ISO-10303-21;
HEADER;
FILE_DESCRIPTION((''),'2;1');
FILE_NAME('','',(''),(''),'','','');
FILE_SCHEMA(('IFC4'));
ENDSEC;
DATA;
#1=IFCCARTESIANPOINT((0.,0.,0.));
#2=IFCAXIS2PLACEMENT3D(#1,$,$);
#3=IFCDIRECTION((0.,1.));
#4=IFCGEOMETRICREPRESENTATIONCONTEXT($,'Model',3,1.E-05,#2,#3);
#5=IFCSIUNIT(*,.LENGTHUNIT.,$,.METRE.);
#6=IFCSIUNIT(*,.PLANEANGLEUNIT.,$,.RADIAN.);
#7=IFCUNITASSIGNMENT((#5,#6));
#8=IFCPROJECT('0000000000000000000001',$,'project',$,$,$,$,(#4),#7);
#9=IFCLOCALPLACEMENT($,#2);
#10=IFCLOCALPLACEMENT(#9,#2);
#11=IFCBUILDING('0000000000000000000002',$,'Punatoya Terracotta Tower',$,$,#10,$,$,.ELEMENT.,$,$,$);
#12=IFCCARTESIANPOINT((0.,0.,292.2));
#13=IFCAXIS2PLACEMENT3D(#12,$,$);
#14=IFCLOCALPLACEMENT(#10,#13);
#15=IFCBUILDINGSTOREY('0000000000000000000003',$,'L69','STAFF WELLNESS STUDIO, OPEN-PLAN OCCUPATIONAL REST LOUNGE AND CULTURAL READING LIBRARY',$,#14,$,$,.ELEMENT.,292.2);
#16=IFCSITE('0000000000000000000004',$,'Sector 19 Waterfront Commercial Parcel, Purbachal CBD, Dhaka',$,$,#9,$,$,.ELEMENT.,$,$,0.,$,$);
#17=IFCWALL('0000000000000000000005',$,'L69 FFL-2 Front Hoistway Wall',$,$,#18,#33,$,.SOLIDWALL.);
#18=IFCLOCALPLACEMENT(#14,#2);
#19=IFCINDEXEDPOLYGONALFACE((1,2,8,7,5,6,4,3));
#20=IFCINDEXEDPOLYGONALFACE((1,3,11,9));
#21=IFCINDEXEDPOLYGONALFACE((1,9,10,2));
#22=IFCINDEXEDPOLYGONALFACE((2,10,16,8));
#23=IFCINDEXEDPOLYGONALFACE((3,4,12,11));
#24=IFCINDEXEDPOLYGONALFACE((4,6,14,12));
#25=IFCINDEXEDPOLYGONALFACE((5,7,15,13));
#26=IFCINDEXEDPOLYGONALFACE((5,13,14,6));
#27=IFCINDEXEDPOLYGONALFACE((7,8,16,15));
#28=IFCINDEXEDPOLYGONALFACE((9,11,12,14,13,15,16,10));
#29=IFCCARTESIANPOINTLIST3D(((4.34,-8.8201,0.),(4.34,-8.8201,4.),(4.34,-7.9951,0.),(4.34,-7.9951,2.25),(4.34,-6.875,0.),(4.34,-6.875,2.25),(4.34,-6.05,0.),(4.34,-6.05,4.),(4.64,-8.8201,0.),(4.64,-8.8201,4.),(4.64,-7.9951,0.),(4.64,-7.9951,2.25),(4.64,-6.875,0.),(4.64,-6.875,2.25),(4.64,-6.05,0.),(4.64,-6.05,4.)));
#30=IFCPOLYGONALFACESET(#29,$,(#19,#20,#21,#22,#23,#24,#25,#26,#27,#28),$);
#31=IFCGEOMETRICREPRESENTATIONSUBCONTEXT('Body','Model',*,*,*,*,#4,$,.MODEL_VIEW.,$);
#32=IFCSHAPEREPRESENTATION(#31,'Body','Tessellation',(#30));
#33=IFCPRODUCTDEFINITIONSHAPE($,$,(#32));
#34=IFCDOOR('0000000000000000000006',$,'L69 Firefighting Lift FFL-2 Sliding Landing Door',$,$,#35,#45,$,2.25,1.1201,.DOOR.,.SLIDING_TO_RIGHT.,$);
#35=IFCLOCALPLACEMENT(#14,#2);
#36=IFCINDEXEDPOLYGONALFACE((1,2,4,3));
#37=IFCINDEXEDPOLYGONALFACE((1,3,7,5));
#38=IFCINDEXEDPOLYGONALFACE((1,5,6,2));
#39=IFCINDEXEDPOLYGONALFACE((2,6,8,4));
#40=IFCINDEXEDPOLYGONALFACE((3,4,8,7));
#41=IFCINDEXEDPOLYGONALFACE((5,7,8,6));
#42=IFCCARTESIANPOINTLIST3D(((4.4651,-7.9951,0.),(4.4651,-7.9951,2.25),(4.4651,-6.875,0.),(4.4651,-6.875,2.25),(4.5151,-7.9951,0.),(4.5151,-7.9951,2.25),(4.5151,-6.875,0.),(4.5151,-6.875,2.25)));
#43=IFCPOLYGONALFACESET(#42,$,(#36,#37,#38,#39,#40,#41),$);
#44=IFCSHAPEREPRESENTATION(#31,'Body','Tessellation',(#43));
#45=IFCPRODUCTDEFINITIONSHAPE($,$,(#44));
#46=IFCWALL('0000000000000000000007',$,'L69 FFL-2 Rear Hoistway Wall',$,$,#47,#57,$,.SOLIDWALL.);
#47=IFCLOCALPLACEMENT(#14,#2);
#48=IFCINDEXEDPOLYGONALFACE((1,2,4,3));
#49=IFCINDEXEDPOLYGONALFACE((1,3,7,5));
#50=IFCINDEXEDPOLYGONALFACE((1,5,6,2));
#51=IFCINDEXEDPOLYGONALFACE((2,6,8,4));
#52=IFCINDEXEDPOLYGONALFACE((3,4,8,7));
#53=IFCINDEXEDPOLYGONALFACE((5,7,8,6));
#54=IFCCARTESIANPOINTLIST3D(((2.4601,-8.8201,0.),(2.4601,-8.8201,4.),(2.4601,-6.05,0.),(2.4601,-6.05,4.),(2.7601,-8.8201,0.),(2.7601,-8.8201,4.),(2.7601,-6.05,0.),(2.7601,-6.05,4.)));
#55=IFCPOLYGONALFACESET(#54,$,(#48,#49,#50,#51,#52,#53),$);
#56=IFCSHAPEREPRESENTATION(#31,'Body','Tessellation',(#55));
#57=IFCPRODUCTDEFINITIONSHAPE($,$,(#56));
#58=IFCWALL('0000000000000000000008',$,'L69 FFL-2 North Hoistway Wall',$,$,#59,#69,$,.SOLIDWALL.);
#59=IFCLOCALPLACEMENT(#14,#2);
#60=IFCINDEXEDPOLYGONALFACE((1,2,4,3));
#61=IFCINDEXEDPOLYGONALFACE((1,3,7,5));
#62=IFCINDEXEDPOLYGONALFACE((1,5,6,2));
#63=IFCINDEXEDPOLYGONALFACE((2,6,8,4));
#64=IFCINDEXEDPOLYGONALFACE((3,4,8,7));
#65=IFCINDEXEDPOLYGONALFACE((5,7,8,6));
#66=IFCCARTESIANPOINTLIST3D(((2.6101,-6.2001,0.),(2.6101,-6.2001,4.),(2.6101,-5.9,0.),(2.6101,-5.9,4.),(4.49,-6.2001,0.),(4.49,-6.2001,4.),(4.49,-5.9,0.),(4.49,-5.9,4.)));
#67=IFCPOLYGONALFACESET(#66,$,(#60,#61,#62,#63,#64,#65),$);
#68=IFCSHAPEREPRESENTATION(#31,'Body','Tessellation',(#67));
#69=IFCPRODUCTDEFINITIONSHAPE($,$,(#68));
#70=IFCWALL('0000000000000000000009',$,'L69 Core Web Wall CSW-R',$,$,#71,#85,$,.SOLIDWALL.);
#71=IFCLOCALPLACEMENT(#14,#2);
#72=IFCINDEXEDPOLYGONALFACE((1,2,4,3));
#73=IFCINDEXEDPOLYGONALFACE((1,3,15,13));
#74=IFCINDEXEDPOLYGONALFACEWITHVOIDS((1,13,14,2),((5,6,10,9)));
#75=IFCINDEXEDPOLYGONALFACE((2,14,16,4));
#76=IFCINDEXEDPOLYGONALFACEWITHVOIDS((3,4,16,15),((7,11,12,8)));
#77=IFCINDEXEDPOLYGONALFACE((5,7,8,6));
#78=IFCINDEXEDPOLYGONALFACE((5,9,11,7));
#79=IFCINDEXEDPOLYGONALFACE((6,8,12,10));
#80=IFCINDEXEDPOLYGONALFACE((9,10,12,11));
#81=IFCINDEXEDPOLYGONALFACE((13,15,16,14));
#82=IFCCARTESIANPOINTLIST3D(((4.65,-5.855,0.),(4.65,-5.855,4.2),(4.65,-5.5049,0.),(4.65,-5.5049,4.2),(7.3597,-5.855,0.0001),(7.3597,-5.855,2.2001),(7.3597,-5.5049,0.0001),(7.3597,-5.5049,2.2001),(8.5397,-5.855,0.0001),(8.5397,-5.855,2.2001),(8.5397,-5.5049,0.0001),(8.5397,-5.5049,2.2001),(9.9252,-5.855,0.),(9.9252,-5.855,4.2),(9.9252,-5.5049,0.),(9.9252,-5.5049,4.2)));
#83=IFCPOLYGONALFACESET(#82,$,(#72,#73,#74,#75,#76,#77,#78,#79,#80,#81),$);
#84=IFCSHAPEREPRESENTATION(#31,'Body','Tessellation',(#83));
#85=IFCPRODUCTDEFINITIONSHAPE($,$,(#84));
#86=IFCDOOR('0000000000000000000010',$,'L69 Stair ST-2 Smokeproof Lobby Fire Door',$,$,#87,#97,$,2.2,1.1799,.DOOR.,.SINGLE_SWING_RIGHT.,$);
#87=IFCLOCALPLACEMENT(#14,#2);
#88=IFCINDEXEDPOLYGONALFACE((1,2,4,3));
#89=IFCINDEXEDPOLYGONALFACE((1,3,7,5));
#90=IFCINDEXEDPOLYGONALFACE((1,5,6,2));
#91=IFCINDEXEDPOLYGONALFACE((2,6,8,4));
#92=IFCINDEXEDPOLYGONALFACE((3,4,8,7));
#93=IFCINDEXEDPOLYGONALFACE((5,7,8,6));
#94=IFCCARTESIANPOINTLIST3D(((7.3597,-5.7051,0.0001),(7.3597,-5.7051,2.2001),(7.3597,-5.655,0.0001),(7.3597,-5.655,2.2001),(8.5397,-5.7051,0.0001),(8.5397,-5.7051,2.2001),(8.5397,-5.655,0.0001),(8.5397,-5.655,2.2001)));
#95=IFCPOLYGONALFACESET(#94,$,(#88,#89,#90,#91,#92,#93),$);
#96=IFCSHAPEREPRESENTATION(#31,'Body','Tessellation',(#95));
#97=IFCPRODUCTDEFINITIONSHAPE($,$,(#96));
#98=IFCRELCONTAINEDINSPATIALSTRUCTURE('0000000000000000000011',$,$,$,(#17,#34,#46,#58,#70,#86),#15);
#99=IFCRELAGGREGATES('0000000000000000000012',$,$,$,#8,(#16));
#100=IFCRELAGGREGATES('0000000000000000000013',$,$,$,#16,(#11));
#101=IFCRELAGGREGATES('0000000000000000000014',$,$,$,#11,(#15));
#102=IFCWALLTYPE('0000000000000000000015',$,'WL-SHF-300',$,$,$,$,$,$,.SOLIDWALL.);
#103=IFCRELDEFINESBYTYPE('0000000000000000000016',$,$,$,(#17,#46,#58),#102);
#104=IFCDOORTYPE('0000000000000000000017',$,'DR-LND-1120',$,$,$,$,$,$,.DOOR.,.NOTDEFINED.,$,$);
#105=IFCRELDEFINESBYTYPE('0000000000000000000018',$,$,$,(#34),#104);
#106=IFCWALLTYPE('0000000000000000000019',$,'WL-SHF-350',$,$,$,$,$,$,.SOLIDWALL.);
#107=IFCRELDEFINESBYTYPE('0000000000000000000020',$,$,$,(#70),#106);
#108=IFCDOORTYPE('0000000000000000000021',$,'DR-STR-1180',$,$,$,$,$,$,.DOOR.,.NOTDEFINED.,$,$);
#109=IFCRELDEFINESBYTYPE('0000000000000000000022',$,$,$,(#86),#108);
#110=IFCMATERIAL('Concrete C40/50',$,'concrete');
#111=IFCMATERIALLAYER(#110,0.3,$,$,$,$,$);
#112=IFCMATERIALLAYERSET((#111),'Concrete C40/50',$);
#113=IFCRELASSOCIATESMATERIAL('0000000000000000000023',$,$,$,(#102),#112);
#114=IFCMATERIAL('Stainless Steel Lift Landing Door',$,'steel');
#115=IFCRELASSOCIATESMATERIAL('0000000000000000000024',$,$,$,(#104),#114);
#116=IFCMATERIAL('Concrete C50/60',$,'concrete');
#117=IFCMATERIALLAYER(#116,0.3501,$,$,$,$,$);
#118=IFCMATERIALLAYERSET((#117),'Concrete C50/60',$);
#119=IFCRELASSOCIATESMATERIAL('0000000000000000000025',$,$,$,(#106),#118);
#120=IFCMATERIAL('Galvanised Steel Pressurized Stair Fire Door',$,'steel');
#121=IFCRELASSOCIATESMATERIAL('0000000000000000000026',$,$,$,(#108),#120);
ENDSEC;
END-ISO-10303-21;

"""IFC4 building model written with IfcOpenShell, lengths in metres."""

from ifc_helpers import new_model, si_unit, direction, frame, frame_2d, origin, place, context, subcontext, project, spatial, rectangle, extrude, material, layer, layer_set, type_object, element, fill, save


model = new_model("IFC4")

# Units and contexts
model_context = context("Model", 3, precision=1e-05, world=origin(), true_north=direction((0.0, 1.0)))
body_context = subcontext(model_context, "Body", "Model", "MODEL_VIEW")
ifc_project = project(units=[si_unit("LENGTHUNIT", "METRE"), si_unit("PLANEANGLEUNIT", "RADIAN")], contexts=[model_context])

# Site, building, storey
site_placement = place(None, origin())
site = spatial("IfcSite", under=ifc_project, at=site_placement, Name="Sector 19 Waterfront Commercial Parcel, Purbachal CBD, Dhaka", CompositionType="ELEMENT", RefElevation=0.0)
building_placement = place(site_placement, origin())
building = spatial("IfcBuilding", under=site, at=building_placement, Name="Punatoya Terracotta Tower", CompositionType="ELEMENT")
storey_placement = place(building_placement, frame((0.0, 0.0, 292.2)))
storey = spatial("IfcBuildingStorey", under=building, at=storey_placement, Name="L69", Description="STAFF WELLNESS STUDIO, OPEN-PLAN OCCUPATIONAL REST LOUNGE AND CULTURAL READING LIBRARY", CompositionType="ELEMENT", Elevation=292.2)

# Shared definitions
ifc_material_1 = material(Name="Concrete C40/50", Category="concrete")

# Wall, opening, door
ifc_layer_1 = layer(ifc_material_1, 0.3)
ifc_layer_set_1 = layer_set([ifc_layer_1], Name="Concrete C40/50")
wall_type_1 = type_object("IfcWallType", Name="WL-SHF-300", PredefinedType="SOLIDWALL", material=ifc_layer_set_1)
wall_1_placement = place(storey_placement, frame((4.49, -8.8201, 0.0), z_axis=(0.0, 0.0, 1.0), x_axis=(0.0, 1.0, 0.0)))
wall_1 = element("IfcWall", 1, at=wall_1_placement, inside=storey, type_object=wall_type_1, Name="L69 FFL-2 Front Hoistway Wall", PredefinedType="SOLIDWALL", context=body_context, shape_type="SweptSolid", body=[
    extrude(rectangle(XDim=2.77, YDim=0.3, at=frame_2d((1.385, 0.0))), origin(), (0.0, 0.0, 1.0), 4.0),
])
opening_1_placement = place(wall_1_placement, frame((0.825, 0.0, 0.0)))
opening_1 = element("IfcOpeningElement", 2, at=opening_1_placement, cuts=wall_1, PredefinedType="OPENING", context=body_context, shape_type="SweptSolid", body=[
    extrude(rectangle(XDim=1.1201, YDim=2.25, at=frame_2d((0.5601, 1.125))), frame((0.0, 0.1599, 0.0), z_axis=(0.0, -1.0, 0.0), x_axis=(1.0, 0.0, 0.0)), (0.0, 0.0, 1.0), 0.3201),
])
ifc_material_2 = material(Name="Stainless Steel Lift Landing Door", Category="steel")
door_type_1 = type_object("IfcDoorType", Name="DR-LND-1120", OperationType="NOTDEFINED", PredefinedType="DOOR", material=ifc_material_2)
door_1_placement = place(opening_1_placement, origin())
door_1 = element("IfcDoor", 3, at=door_1_placement, inside=storey, type_object=door_type_1, Name="L69 Firefighting Lift FFL-2 Sliding Landing Door", OperationType="SLIDING_TO_RIGHT", OverallHeight=2.25, OverallWidth=1.1201, PredefinedType="DOOR", context=body_context, shape_type="SweptSolid", body=[
    extrude(rectangle(XDim=1.1201, YDim=2.25, at=frame_2d((0.5601, 1.125))), frame((0.0, 0.0249, 0.0), z_axis=(0.0, -1.0, 0.0), x_axis=(1.0, 0.0, 0.0)), (0.0, 0.0, 1.0), 0.05),
])
fill(opening_1, door_1)

# Walls
wall_2_placement = place(storey_placement, frame((2.6101, -8.8201, 0.0), z_axis=(0.0, 0.0, 1.0), x_axis=(0.0, 1.0, 0.0)))
element("IfcWall", 4, at=wall_2_placement, inside=storey, type_object=wall_type_1, Name="L69 FFL-2 Rear Hoistway Wall", PredefinedType="SOLIDWALL", context=body_context, shape_type="SweptSolid", body=[
    extrude(rectangle(XDim=2.77, YDim=0.3, at=frame_2d((1.385, 0.0))), origin(), (0.0, 0.0, 1.0), 4.0),
])
wall_3_placement = place(storey_placement, frame((2.6101, -6.05, 0.0), z_axis=(0.0, 0.0, 1.0), x_axis=(1.0, 0.0, 0.0)))
element("IfcWall", 5, at=wall_3_placement, inside=storey, type_object=wall_type_1, Name="L69 FFL-2 North Hoistway Wall", PredefinedType="SOLIDWALL", context=body_context, shape_type="SweptSolid", body=[
    extrude(rectangle(XDim=1.8799, YDim=0.3, at=frame_2d((0.9399, 0.0))), origin(), (0.0, 0.0, 1.0), 4.0),
])

# Wall, opening, door
ifc_material_3 = material(Name="Concrete C50/60", Category="concrete")
ifc_layer_2 = layer(ifc_material_3, 0.3501)
ifc_layer_set_2 = layer_set([ifc_layer_2], Name="Concrete C50/60")
wall_type_2 = type_object("IfcWallType", Name="WL-SHF-350", PredefinedType="SOLIDWALL", material=ifc_layer_set_2)
wall_4_placement = place(storey_placement, frame((4.6499, -5.6799, 0.0), z_axis=(0.0, 0.0, 1.0), x_axis=(1.0, 0.0, 0.0)))
wall_4 = element("IfcWall", 6, at=wall_4_placement, inside=storey, type_object=wall_type_2, Name="L69 Core Web Wall CSW-R", PredefinedType="SOLIDWALL", context=body_context, shape_type="SweptSolid", body=[
    extrude(rectangle(XDim=5.2751, YDim=0.3501, at=frame_2d((2.6377, 0.0))), origin(), (0.0, 0.0, 1.0), 4.2),
])
opening_2_placement = place(wall_4_placement, frame((2.71, 0.0, 0.0)))
opening_2 = element("IfcOpeningElement", 7, at=opening_2_placement, cuts=wall_4, PredefinedType="OPENING", context=body_context, shape_type="SweptSolid", body=[
    extrude(rectangle(XDim=1.1799, YDim=2.2, at=frame_2d((0.5898, 1.1001))), frame((0.0, 0.1851, 0.0), z_axis=(0.0, -1.0, 0.0), x_axis=(1.0, 0.0, 0.0)), (0.0, 0.0, 1.0), 0.3701),
])
ifc_material_4 = material(Name="Galvanised Steel Pressurized Stair Fire Door", Category="steel")
door_type_2 = type_object("IfcDoorType", Name="DR-STR-1180", OperationType="NOTDEFINED", PredefinedType="DOOR", material=ifc_material_4)
door_2_placement = place(opening_2_placement, origin())
door_2 = element("IfcDoor", 8, at=door_2_placement, inside=storey, type_object=door_type_2, Name="L69 Stair ST-2 Smokeproof Lobby Fire Door", OperationType="SINGLE_SWING_RIGHT", OverallHeight=2.2, OverallWidth=1.1799, PredefinedType="DOOR", context=body_context, shape_type="SweptSolid", body=[
    extrude(rectangle(XDim=1.1799, YDim=2.2, at=frame_2d((0.5898, 1.1001))), frame((0.0, 0.0249, 0.0), z_axis=(0.0, -1.0, 0.0), x_axis=(1.0, 0.0, 0.0)), (0.0, 0.0, 1.0), 0.05),
])
fill(opening_2, door_2)

save(model, "model.ifc")
